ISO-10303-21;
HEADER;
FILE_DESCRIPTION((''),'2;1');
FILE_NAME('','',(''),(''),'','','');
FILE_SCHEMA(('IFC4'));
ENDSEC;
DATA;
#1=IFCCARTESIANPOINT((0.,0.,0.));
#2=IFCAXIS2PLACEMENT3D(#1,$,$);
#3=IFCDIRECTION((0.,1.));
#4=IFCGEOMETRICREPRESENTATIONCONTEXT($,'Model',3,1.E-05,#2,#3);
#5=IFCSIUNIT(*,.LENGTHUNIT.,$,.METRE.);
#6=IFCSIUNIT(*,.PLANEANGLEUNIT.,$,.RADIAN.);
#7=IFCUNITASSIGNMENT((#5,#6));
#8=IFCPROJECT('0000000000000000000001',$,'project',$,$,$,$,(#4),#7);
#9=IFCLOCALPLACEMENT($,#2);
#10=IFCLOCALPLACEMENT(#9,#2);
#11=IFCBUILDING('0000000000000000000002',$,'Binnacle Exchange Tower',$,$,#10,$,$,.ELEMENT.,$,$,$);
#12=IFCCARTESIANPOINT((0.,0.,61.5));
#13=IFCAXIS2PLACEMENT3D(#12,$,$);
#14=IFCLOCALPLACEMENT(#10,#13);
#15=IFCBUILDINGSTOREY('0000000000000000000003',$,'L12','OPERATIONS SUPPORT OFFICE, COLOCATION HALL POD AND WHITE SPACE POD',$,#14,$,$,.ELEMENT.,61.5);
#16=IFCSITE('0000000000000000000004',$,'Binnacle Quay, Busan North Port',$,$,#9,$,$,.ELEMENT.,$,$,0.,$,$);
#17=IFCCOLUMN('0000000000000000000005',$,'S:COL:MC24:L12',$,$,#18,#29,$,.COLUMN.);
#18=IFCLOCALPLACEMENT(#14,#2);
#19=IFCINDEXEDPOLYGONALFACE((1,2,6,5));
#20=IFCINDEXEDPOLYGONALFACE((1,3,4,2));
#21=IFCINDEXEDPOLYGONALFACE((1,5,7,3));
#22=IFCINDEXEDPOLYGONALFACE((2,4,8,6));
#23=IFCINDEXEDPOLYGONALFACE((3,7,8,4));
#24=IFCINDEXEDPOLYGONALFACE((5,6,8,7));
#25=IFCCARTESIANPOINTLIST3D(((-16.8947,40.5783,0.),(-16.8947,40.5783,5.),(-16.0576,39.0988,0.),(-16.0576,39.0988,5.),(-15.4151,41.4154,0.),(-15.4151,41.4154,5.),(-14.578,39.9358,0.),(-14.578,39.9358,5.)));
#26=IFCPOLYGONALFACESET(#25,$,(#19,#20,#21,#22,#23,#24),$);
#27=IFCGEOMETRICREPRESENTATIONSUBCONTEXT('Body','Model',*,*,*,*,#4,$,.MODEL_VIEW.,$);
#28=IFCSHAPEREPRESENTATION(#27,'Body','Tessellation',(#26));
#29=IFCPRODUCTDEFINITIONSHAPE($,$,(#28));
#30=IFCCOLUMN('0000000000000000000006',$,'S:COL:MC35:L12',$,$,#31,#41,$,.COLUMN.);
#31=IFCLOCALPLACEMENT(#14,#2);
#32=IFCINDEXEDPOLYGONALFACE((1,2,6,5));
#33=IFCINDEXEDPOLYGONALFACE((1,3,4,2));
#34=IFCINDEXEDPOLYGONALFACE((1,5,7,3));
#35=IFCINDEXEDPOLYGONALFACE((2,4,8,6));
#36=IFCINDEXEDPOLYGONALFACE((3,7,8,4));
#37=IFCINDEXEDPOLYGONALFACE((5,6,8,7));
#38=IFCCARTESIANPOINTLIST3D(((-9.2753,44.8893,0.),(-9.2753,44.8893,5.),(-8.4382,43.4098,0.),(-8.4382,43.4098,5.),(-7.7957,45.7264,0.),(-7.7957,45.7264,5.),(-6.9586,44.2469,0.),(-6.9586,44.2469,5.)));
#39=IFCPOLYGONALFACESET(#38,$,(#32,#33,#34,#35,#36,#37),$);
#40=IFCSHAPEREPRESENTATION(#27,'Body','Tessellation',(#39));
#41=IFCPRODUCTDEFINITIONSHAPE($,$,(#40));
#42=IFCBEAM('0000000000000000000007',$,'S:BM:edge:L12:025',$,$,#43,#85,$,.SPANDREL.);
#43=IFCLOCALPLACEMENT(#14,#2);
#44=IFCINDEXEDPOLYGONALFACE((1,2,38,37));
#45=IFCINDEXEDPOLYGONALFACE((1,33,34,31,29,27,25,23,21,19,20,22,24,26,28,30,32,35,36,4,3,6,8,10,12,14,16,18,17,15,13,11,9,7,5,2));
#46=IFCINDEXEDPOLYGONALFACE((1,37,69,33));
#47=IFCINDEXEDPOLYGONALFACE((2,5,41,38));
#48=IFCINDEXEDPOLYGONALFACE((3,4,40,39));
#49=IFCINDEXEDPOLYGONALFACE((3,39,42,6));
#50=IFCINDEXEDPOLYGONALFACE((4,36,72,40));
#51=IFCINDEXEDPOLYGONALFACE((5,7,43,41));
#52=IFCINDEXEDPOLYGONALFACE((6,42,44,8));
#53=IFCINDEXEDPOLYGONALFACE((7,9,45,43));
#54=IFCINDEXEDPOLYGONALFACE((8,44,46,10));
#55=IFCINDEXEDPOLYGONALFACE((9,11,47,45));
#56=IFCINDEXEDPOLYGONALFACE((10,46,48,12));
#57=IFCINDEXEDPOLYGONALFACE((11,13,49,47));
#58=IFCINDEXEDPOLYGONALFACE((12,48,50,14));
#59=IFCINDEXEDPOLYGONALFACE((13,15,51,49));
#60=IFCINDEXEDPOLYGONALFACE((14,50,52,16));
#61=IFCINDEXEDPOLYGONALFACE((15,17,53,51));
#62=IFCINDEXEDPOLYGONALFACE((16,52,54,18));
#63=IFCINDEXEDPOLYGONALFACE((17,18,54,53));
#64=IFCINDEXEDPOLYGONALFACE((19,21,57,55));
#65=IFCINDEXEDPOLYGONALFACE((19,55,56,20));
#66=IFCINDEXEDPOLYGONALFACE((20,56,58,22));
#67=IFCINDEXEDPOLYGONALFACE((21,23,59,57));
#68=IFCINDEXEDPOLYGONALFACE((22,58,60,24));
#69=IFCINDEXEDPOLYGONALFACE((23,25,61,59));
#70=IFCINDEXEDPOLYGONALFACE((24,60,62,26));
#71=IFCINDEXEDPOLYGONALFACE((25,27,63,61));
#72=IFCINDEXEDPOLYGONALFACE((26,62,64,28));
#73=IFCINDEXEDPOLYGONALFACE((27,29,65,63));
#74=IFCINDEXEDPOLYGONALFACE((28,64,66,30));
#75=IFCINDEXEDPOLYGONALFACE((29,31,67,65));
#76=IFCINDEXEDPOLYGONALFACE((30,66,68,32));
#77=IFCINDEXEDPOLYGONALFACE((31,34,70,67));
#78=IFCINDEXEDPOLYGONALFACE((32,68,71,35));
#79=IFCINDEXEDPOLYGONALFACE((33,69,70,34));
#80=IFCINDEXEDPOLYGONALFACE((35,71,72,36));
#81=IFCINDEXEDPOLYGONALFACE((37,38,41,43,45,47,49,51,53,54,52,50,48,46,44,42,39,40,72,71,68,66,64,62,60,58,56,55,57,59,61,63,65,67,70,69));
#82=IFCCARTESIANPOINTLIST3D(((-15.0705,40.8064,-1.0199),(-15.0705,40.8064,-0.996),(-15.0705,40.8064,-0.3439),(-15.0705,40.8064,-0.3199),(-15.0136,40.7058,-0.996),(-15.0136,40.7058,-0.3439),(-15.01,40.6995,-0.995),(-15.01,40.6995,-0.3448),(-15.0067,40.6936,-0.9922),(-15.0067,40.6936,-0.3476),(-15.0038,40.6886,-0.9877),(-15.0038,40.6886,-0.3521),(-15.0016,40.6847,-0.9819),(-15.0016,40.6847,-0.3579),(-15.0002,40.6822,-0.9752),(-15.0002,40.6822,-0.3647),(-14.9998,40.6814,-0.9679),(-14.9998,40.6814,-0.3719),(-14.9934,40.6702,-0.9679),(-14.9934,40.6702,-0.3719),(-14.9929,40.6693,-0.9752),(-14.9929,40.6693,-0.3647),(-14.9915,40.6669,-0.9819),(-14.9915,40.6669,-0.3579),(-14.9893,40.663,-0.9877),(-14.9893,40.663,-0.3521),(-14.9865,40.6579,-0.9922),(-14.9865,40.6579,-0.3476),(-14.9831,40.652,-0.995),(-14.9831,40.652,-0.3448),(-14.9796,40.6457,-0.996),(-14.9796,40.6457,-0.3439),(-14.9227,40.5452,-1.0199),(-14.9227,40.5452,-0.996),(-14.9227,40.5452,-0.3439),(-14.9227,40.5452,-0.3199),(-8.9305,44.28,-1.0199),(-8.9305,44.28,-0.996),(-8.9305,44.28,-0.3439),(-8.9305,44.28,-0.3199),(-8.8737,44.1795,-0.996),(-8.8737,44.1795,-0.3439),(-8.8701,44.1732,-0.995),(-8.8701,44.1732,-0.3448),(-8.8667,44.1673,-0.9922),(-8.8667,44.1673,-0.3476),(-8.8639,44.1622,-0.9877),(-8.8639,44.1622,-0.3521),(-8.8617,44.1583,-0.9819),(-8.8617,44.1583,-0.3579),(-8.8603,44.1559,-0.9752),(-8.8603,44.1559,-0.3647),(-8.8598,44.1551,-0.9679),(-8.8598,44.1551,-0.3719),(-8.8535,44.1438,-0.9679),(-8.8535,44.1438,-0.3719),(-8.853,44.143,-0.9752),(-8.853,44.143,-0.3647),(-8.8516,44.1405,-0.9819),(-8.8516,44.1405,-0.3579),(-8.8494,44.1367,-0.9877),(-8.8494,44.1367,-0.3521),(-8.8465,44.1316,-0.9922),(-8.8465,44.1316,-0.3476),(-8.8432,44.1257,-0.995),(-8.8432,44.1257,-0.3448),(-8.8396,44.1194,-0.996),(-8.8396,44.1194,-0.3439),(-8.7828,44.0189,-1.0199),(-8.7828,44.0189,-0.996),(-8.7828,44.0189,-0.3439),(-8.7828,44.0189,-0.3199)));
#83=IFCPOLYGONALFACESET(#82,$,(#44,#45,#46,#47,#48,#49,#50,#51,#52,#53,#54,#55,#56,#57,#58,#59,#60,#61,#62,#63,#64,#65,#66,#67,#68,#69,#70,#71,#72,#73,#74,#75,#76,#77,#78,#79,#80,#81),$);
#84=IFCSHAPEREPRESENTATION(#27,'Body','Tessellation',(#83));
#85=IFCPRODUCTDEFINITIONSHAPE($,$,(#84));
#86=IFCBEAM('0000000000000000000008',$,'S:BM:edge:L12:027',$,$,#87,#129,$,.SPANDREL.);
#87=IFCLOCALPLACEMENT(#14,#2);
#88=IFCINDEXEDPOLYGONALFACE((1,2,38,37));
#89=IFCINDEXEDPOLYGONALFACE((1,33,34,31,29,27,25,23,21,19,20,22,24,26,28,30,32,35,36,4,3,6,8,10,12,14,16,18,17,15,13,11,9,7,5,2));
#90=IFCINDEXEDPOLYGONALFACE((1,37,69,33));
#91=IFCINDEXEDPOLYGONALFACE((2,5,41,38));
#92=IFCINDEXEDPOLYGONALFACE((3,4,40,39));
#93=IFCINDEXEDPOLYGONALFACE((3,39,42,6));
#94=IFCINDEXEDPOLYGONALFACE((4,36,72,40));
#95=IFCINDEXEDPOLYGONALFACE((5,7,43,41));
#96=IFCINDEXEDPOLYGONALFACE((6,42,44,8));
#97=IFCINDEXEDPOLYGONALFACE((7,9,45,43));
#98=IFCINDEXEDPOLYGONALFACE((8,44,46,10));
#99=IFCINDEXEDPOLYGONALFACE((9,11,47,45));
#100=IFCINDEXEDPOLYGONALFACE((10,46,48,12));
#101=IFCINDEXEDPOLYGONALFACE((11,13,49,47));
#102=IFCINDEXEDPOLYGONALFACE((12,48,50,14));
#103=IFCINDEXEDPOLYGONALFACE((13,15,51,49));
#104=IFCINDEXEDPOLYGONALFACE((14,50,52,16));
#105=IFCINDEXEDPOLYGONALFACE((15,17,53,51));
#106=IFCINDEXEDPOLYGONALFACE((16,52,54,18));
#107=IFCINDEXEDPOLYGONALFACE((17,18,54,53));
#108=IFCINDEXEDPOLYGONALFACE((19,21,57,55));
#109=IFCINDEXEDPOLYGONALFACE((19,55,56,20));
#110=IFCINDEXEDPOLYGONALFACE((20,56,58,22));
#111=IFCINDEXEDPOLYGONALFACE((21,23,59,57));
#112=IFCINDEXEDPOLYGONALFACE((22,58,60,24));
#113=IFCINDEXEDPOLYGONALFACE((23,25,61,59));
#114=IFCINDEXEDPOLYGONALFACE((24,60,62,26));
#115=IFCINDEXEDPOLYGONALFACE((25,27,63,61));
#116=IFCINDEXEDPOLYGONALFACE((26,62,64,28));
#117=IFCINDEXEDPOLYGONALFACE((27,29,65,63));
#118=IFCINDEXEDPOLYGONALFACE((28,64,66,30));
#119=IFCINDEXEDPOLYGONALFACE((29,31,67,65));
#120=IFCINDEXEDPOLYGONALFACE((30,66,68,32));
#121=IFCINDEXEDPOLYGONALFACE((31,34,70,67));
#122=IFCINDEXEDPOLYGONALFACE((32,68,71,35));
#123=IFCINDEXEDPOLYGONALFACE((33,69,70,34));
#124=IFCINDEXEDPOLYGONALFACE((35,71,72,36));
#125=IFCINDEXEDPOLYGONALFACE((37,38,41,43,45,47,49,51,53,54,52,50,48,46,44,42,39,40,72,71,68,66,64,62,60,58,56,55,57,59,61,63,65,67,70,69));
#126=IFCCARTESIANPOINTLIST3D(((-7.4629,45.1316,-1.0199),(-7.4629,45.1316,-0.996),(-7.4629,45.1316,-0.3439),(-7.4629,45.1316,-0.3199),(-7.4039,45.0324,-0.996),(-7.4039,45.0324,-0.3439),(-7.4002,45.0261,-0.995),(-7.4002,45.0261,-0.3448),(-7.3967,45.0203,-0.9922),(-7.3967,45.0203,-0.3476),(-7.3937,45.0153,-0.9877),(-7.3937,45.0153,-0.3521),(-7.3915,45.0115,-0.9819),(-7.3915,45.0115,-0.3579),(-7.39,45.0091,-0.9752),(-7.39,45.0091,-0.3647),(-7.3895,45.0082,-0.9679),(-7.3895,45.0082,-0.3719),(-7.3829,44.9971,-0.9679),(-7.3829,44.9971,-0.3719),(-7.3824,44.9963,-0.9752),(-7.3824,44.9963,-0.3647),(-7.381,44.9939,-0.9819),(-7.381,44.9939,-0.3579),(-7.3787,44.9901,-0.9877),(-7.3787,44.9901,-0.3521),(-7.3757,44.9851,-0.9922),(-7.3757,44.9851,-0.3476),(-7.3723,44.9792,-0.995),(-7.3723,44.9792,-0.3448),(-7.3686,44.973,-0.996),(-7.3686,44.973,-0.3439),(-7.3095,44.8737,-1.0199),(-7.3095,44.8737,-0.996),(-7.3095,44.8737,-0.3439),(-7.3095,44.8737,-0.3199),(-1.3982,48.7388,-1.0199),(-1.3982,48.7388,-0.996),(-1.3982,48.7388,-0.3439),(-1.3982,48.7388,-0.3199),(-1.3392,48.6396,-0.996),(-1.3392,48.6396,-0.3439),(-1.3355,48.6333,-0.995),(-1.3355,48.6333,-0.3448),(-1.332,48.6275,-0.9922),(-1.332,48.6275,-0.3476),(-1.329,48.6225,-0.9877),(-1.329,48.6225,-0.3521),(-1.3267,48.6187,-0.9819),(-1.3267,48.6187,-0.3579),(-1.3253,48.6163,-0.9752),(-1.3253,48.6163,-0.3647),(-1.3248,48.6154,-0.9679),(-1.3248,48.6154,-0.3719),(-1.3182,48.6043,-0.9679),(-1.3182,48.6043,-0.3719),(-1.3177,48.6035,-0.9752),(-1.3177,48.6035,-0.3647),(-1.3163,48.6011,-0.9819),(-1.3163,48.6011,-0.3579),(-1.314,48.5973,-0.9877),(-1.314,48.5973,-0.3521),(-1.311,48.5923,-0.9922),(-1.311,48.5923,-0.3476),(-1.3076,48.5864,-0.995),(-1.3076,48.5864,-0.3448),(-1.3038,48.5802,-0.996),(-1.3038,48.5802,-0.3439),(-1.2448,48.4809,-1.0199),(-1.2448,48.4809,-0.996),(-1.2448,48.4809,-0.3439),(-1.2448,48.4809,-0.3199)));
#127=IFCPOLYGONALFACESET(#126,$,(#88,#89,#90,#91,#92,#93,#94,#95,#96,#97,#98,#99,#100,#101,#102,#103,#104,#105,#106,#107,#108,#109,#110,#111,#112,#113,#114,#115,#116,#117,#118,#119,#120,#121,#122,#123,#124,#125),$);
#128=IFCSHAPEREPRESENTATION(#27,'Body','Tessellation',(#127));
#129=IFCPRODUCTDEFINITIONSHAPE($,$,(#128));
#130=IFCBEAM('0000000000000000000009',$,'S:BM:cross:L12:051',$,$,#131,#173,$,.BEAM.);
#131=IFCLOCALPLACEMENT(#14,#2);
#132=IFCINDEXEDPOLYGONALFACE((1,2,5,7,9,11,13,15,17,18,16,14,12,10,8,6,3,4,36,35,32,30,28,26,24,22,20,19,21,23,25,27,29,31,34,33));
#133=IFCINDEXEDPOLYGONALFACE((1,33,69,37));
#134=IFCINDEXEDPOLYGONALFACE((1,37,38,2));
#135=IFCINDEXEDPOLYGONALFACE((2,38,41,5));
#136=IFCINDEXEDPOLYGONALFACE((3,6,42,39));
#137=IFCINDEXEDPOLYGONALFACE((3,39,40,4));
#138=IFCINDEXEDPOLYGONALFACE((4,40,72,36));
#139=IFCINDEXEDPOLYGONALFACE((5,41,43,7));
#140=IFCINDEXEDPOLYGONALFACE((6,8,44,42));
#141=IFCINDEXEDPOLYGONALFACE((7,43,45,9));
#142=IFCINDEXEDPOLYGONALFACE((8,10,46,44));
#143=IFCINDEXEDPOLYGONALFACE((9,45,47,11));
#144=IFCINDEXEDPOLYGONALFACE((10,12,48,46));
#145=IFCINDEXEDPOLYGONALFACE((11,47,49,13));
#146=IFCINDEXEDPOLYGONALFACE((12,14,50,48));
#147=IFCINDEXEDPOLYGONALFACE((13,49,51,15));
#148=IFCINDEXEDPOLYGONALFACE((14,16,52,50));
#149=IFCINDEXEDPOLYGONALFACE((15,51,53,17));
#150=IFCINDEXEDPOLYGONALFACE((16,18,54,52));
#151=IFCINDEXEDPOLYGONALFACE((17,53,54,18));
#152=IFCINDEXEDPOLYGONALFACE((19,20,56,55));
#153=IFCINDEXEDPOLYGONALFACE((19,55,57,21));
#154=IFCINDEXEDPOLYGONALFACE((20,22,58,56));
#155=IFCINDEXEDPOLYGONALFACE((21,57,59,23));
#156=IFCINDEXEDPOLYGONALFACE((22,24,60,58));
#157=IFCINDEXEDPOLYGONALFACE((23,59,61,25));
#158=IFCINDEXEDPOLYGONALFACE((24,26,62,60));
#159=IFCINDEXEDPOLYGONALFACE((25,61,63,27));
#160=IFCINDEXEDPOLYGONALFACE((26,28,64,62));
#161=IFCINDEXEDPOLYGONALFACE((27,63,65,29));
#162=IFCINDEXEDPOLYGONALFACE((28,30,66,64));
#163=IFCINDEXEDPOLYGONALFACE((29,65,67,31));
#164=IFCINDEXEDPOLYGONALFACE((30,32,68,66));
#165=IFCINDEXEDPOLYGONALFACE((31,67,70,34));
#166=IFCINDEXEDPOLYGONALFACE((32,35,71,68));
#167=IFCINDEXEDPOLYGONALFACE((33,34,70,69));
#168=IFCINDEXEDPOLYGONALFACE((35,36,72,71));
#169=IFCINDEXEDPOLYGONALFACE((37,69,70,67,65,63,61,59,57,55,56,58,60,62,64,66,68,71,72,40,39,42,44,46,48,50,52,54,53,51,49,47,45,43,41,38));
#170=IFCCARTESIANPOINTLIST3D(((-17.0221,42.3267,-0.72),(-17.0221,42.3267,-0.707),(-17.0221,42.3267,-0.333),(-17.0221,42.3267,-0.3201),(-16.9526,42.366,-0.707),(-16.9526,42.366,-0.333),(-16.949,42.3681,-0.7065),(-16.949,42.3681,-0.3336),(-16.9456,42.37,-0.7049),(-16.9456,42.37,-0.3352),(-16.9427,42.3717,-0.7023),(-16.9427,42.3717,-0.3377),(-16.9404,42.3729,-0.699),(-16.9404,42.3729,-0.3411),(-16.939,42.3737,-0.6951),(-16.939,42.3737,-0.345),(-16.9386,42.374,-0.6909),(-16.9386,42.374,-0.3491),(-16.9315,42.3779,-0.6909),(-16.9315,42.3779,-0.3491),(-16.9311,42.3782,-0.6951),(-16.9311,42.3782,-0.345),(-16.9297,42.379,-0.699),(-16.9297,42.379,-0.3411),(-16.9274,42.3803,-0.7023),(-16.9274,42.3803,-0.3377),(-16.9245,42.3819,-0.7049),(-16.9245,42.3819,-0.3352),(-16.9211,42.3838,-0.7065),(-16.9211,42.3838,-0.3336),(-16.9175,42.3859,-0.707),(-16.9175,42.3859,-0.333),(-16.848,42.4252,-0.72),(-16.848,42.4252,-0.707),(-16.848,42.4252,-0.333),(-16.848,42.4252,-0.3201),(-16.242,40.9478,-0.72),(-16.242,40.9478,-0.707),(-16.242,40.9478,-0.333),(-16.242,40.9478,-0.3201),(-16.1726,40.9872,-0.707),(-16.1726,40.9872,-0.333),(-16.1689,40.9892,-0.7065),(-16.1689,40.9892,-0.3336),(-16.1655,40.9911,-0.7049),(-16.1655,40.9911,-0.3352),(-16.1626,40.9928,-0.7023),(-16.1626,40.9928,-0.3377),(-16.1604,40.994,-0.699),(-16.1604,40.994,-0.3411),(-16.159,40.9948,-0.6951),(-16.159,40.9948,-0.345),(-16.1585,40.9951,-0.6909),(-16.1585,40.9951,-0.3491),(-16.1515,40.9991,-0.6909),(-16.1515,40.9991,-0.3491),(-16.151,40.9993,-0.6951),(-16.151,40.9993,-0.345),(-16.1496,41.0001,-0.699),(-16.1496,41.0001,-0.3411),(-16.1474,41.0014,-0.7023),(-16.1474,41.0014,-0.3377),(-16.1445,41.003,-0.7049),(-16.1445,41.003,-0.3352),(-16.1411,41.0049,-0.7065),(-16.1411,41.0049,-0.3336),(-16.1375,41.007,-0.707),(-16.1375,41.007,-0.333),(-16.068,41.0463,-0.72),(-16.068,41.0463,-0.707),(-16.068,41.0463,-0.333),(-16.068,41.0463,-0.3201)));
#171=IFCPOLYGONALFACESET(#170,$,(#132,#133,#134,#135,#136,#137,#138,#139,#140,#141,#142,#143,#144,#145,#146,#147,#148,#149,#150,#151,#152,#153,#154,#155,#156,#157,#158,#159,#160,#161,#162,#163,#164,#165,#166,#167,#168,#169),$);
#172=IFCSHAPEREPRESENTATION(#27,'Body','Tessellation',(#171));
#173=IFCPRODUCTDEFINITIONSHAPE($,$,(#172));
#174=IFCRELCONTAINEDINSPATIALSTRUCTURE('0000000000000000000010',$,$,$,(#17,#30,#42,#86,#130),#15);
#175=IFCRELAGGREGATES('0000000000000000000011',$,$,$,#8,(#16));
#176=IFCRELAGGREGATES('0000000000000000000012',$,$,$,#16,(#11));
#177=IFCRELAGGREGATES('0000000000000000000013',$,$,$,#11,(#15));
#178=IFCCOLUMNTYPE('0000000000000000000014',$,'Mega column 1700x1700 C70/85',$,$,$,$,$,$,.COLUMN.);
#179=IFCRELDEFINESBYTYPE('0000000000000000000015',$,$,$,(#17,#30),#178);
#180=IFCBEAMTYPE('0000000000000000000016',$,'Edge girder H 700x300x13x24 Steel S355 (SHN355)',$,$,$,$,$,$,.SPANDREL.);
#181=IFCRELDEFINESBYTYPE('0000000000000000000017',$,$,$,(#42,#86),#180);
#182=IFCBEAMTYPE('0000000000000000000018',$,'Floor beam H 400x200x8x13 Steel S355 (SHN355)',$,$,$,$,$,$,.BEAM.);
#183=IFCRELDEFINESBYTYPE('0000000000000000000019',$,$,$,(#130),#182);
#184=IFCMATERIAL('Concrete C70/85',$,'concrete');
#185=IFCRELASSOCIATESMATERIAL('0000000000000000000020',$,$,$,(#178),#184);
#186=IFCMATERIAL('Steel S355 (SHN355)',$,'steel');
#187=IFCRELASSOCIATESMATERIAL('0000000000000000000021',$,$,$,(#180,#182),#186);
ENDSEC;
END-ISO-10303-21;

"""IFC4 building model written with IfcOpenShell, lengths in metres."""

from ifc_helpers import new_model, si_unit, direction, frame, origin, origin_2d, place, context, subcontext, project, spatial, rectangle, i_section, extrude, material, material_profile, profile_set, type_object, element, save


model = new_model("IFC4")

# Units and contexts
model_context = context("Model", 3, precision=1e-05, world=origin(), true_north=direction((0.0, 1.0)))
body_context = subcontext(model_context, "Body", "Model", "MODEL_VIEW")
ifc_project = project(units=[si_unit("LENGTHUNIT", "METRE"), si_unit("PLANEANGLEUNIT", "RADIAN")], contexts=[model_context])

# Site, building, storey
site_placement = place(None, origin())
site = spatial("IfcSite", under=ifc_project, at=site_placement, Name="Binnacle Quay, Busan North Port", CompositionType="ELEMENT", RefElevation=0.0)
building_placement = place(site_placement, origin())
building = spatial("IfcBuilding", under=site, at=building_placement, Name="Binnacle Exchange Tower", CompositionType="ELEMENT")
storey_placement = place(building_placement, frame((0.0, 0.0, 61.5)))
storey = spatial("IfcBuildingStorey", under=building, at=storey_placement, Name="L12", Description="OPERATIONS SUPPORT OFFICE, COLOCATION HALL POD AND WHITE SPACE POD", CompositionType="ELEMENT", Elevation=61.5)

# Columns
ifc_material_1 = material(Name="Concrete C70/85", Category="concrete")
ifc_material_profile_1 = material_profile(ifc_material_1, rectangle(XDim=1.7, YDim=1.7, at=origin_2d()), Name="Mega column 1700x1700 C70/85")
ifc_profile_set_1 = profile_set([ifc_material_profile_1], Name="Concrete C70/85")
column_type = type_object("IfcColumnType", Name="Mega column 1700x1700 C70/85", PredefinedType="COLUMN", material=ifc_profile_set_1)
for number, where, z_axis, x_axis, name in (
    (1, (-15.7363, 40.2571, 0.0), (0.0, 0.0, 1.0), (0.870356, 0.492424, 0.0), "S:COL:MC24:L12"),
    (2, (-8.1169, 44.5681, 0.0), (0.0, 0.0, 1.0), (0.870356, 0.492424, 0.0), "S:COL:MC35:L12"),
):
    element("IfcColumn", number, at=place(storey_placement, frame(where, z_axis=z_axis, x_axis=x_axis)), inside=storey, type_object=column_type, Name=name, PredefinedType="COLUMN", context=body_context, shape_type="SweptSolid", body=[
        extrude(rectangle(XDim=1.7, YDim=1.7, at=origin_2d()), origin(), (0.0, 0.0, 1.0), 5.0),
    ])

# Beams
ifc_material_2 = material(Name="Steel S355 (SHN355)", Category="steel")
ifc_material_profile_2 = material_profile(ifc_material_2, i_section(OverallWidth=0.3, OverallDepth=0.7, WebThickness=0.0129, FlangeThickness=0.0239, FilletRadius=0.0281, at=origin_2d()), Name="H 700x300x13x24")
ifc_profile_set_2 = profile_set([ifc_material_profile_2], Name="Steel S355 (SHN355)")
beam_type_1 = type_object("IfcBeamType", Name="Edge girder H 700x300x13x24 Steel S355 (SHN355)", PredefinedType="SPANDREL", material=ifc_profile_set_2)
beam_1_placement = place(storey_placement, frame((-14.9966, 40.6758, -0.6699), z_axis=(0.870365, 0.492407, 0.0), x_axis=(-0.492407, 0.870365, 0.0)))
element("IfcBeam", 3, at=beam_1_placement, inside=storey, type_object=beam_type_1, Name="S:BM:edge:L12:025", PredefinedType="SPANDREL", context=body_context, shape_type="SweptSolid", body=[
    extrude(i_section(OverallWidth=0.3, OverallDepth=0.7, WebThickness=0.0129, FlangeThickness=0.0239, FilletRadius=0.0281, at=origin_2d()), origin(), (0.0, 0.0, 1.0), 7.0544),
])
beam_2_placement = place(storey_placement, frame((-7.3862, 45.0027, -0.6699), z_axis=(0.859465, 0.511195, 0.0), x_axis=(-0.511195, 0.859465, 0.0)))
element("IfcBeam", 4, at=beam_2_placement, inside=storey, type_object=beam_type_1, Name="S:BM:edge:L12:027", PredefinedType="SPANDREL", context=body_context, shape_type="SweptSolid", body=[
    extrude(i_section(OverallWidth=0.3, OverallDepth=0.7, WebThickness=0.0129, FlangeThickness=0.0239, FilletRadius=0.0281, at=origin_2d()), origin(), (0.0, 0.0, 1.0), 7.0564),
])
ifc_material_profile_3 = material_profile(ifc_material_2, i_section(OverallWidth=0.2, OverallDepth=0.3999, WebThickness=0.0081, FlangeThickness=0.0129, FilletRadius=0.0161, at=origin_2d()), Name="H 400x200x8x13")
ifc_profile_set_3 = profile_set([ifc_material_profile_3], Name="Steel S355 (SHN355)")
beam_type_2 = type_object("IfcBeamType", Name="Floor beam H 400x200x8x13 Steel S355 (SHN355)", PredefinedType="BEAM", material=ifc_profile_set_3)
beam_3_placement = place(storey_placement, frame((-16.155, 40.9971, -0.52), z_axis=(-0.492367, 0.870388, 0.0), x_axis=(-0.870388, -0.492367, 0.0)))
element("IfcBeam", 5, at=beam_3_placement, inside=storey, type_object=beam_type_2, Name="S:BM:cross:L12:051", PredefinedType="BEAM", context=body_context, shape_type="SweptSolid", body=[
    extrude(i_section(OverallWidth=0.2, OverallDepth=0.3999, WebThickness=0.0081, FlangeThickness=0.0129, FilletRadius=0.0161, at=origin_2d()), origin(), (0.0, 0.0, 1.0), 1.5842),
])

save(model, "model.ifc")
